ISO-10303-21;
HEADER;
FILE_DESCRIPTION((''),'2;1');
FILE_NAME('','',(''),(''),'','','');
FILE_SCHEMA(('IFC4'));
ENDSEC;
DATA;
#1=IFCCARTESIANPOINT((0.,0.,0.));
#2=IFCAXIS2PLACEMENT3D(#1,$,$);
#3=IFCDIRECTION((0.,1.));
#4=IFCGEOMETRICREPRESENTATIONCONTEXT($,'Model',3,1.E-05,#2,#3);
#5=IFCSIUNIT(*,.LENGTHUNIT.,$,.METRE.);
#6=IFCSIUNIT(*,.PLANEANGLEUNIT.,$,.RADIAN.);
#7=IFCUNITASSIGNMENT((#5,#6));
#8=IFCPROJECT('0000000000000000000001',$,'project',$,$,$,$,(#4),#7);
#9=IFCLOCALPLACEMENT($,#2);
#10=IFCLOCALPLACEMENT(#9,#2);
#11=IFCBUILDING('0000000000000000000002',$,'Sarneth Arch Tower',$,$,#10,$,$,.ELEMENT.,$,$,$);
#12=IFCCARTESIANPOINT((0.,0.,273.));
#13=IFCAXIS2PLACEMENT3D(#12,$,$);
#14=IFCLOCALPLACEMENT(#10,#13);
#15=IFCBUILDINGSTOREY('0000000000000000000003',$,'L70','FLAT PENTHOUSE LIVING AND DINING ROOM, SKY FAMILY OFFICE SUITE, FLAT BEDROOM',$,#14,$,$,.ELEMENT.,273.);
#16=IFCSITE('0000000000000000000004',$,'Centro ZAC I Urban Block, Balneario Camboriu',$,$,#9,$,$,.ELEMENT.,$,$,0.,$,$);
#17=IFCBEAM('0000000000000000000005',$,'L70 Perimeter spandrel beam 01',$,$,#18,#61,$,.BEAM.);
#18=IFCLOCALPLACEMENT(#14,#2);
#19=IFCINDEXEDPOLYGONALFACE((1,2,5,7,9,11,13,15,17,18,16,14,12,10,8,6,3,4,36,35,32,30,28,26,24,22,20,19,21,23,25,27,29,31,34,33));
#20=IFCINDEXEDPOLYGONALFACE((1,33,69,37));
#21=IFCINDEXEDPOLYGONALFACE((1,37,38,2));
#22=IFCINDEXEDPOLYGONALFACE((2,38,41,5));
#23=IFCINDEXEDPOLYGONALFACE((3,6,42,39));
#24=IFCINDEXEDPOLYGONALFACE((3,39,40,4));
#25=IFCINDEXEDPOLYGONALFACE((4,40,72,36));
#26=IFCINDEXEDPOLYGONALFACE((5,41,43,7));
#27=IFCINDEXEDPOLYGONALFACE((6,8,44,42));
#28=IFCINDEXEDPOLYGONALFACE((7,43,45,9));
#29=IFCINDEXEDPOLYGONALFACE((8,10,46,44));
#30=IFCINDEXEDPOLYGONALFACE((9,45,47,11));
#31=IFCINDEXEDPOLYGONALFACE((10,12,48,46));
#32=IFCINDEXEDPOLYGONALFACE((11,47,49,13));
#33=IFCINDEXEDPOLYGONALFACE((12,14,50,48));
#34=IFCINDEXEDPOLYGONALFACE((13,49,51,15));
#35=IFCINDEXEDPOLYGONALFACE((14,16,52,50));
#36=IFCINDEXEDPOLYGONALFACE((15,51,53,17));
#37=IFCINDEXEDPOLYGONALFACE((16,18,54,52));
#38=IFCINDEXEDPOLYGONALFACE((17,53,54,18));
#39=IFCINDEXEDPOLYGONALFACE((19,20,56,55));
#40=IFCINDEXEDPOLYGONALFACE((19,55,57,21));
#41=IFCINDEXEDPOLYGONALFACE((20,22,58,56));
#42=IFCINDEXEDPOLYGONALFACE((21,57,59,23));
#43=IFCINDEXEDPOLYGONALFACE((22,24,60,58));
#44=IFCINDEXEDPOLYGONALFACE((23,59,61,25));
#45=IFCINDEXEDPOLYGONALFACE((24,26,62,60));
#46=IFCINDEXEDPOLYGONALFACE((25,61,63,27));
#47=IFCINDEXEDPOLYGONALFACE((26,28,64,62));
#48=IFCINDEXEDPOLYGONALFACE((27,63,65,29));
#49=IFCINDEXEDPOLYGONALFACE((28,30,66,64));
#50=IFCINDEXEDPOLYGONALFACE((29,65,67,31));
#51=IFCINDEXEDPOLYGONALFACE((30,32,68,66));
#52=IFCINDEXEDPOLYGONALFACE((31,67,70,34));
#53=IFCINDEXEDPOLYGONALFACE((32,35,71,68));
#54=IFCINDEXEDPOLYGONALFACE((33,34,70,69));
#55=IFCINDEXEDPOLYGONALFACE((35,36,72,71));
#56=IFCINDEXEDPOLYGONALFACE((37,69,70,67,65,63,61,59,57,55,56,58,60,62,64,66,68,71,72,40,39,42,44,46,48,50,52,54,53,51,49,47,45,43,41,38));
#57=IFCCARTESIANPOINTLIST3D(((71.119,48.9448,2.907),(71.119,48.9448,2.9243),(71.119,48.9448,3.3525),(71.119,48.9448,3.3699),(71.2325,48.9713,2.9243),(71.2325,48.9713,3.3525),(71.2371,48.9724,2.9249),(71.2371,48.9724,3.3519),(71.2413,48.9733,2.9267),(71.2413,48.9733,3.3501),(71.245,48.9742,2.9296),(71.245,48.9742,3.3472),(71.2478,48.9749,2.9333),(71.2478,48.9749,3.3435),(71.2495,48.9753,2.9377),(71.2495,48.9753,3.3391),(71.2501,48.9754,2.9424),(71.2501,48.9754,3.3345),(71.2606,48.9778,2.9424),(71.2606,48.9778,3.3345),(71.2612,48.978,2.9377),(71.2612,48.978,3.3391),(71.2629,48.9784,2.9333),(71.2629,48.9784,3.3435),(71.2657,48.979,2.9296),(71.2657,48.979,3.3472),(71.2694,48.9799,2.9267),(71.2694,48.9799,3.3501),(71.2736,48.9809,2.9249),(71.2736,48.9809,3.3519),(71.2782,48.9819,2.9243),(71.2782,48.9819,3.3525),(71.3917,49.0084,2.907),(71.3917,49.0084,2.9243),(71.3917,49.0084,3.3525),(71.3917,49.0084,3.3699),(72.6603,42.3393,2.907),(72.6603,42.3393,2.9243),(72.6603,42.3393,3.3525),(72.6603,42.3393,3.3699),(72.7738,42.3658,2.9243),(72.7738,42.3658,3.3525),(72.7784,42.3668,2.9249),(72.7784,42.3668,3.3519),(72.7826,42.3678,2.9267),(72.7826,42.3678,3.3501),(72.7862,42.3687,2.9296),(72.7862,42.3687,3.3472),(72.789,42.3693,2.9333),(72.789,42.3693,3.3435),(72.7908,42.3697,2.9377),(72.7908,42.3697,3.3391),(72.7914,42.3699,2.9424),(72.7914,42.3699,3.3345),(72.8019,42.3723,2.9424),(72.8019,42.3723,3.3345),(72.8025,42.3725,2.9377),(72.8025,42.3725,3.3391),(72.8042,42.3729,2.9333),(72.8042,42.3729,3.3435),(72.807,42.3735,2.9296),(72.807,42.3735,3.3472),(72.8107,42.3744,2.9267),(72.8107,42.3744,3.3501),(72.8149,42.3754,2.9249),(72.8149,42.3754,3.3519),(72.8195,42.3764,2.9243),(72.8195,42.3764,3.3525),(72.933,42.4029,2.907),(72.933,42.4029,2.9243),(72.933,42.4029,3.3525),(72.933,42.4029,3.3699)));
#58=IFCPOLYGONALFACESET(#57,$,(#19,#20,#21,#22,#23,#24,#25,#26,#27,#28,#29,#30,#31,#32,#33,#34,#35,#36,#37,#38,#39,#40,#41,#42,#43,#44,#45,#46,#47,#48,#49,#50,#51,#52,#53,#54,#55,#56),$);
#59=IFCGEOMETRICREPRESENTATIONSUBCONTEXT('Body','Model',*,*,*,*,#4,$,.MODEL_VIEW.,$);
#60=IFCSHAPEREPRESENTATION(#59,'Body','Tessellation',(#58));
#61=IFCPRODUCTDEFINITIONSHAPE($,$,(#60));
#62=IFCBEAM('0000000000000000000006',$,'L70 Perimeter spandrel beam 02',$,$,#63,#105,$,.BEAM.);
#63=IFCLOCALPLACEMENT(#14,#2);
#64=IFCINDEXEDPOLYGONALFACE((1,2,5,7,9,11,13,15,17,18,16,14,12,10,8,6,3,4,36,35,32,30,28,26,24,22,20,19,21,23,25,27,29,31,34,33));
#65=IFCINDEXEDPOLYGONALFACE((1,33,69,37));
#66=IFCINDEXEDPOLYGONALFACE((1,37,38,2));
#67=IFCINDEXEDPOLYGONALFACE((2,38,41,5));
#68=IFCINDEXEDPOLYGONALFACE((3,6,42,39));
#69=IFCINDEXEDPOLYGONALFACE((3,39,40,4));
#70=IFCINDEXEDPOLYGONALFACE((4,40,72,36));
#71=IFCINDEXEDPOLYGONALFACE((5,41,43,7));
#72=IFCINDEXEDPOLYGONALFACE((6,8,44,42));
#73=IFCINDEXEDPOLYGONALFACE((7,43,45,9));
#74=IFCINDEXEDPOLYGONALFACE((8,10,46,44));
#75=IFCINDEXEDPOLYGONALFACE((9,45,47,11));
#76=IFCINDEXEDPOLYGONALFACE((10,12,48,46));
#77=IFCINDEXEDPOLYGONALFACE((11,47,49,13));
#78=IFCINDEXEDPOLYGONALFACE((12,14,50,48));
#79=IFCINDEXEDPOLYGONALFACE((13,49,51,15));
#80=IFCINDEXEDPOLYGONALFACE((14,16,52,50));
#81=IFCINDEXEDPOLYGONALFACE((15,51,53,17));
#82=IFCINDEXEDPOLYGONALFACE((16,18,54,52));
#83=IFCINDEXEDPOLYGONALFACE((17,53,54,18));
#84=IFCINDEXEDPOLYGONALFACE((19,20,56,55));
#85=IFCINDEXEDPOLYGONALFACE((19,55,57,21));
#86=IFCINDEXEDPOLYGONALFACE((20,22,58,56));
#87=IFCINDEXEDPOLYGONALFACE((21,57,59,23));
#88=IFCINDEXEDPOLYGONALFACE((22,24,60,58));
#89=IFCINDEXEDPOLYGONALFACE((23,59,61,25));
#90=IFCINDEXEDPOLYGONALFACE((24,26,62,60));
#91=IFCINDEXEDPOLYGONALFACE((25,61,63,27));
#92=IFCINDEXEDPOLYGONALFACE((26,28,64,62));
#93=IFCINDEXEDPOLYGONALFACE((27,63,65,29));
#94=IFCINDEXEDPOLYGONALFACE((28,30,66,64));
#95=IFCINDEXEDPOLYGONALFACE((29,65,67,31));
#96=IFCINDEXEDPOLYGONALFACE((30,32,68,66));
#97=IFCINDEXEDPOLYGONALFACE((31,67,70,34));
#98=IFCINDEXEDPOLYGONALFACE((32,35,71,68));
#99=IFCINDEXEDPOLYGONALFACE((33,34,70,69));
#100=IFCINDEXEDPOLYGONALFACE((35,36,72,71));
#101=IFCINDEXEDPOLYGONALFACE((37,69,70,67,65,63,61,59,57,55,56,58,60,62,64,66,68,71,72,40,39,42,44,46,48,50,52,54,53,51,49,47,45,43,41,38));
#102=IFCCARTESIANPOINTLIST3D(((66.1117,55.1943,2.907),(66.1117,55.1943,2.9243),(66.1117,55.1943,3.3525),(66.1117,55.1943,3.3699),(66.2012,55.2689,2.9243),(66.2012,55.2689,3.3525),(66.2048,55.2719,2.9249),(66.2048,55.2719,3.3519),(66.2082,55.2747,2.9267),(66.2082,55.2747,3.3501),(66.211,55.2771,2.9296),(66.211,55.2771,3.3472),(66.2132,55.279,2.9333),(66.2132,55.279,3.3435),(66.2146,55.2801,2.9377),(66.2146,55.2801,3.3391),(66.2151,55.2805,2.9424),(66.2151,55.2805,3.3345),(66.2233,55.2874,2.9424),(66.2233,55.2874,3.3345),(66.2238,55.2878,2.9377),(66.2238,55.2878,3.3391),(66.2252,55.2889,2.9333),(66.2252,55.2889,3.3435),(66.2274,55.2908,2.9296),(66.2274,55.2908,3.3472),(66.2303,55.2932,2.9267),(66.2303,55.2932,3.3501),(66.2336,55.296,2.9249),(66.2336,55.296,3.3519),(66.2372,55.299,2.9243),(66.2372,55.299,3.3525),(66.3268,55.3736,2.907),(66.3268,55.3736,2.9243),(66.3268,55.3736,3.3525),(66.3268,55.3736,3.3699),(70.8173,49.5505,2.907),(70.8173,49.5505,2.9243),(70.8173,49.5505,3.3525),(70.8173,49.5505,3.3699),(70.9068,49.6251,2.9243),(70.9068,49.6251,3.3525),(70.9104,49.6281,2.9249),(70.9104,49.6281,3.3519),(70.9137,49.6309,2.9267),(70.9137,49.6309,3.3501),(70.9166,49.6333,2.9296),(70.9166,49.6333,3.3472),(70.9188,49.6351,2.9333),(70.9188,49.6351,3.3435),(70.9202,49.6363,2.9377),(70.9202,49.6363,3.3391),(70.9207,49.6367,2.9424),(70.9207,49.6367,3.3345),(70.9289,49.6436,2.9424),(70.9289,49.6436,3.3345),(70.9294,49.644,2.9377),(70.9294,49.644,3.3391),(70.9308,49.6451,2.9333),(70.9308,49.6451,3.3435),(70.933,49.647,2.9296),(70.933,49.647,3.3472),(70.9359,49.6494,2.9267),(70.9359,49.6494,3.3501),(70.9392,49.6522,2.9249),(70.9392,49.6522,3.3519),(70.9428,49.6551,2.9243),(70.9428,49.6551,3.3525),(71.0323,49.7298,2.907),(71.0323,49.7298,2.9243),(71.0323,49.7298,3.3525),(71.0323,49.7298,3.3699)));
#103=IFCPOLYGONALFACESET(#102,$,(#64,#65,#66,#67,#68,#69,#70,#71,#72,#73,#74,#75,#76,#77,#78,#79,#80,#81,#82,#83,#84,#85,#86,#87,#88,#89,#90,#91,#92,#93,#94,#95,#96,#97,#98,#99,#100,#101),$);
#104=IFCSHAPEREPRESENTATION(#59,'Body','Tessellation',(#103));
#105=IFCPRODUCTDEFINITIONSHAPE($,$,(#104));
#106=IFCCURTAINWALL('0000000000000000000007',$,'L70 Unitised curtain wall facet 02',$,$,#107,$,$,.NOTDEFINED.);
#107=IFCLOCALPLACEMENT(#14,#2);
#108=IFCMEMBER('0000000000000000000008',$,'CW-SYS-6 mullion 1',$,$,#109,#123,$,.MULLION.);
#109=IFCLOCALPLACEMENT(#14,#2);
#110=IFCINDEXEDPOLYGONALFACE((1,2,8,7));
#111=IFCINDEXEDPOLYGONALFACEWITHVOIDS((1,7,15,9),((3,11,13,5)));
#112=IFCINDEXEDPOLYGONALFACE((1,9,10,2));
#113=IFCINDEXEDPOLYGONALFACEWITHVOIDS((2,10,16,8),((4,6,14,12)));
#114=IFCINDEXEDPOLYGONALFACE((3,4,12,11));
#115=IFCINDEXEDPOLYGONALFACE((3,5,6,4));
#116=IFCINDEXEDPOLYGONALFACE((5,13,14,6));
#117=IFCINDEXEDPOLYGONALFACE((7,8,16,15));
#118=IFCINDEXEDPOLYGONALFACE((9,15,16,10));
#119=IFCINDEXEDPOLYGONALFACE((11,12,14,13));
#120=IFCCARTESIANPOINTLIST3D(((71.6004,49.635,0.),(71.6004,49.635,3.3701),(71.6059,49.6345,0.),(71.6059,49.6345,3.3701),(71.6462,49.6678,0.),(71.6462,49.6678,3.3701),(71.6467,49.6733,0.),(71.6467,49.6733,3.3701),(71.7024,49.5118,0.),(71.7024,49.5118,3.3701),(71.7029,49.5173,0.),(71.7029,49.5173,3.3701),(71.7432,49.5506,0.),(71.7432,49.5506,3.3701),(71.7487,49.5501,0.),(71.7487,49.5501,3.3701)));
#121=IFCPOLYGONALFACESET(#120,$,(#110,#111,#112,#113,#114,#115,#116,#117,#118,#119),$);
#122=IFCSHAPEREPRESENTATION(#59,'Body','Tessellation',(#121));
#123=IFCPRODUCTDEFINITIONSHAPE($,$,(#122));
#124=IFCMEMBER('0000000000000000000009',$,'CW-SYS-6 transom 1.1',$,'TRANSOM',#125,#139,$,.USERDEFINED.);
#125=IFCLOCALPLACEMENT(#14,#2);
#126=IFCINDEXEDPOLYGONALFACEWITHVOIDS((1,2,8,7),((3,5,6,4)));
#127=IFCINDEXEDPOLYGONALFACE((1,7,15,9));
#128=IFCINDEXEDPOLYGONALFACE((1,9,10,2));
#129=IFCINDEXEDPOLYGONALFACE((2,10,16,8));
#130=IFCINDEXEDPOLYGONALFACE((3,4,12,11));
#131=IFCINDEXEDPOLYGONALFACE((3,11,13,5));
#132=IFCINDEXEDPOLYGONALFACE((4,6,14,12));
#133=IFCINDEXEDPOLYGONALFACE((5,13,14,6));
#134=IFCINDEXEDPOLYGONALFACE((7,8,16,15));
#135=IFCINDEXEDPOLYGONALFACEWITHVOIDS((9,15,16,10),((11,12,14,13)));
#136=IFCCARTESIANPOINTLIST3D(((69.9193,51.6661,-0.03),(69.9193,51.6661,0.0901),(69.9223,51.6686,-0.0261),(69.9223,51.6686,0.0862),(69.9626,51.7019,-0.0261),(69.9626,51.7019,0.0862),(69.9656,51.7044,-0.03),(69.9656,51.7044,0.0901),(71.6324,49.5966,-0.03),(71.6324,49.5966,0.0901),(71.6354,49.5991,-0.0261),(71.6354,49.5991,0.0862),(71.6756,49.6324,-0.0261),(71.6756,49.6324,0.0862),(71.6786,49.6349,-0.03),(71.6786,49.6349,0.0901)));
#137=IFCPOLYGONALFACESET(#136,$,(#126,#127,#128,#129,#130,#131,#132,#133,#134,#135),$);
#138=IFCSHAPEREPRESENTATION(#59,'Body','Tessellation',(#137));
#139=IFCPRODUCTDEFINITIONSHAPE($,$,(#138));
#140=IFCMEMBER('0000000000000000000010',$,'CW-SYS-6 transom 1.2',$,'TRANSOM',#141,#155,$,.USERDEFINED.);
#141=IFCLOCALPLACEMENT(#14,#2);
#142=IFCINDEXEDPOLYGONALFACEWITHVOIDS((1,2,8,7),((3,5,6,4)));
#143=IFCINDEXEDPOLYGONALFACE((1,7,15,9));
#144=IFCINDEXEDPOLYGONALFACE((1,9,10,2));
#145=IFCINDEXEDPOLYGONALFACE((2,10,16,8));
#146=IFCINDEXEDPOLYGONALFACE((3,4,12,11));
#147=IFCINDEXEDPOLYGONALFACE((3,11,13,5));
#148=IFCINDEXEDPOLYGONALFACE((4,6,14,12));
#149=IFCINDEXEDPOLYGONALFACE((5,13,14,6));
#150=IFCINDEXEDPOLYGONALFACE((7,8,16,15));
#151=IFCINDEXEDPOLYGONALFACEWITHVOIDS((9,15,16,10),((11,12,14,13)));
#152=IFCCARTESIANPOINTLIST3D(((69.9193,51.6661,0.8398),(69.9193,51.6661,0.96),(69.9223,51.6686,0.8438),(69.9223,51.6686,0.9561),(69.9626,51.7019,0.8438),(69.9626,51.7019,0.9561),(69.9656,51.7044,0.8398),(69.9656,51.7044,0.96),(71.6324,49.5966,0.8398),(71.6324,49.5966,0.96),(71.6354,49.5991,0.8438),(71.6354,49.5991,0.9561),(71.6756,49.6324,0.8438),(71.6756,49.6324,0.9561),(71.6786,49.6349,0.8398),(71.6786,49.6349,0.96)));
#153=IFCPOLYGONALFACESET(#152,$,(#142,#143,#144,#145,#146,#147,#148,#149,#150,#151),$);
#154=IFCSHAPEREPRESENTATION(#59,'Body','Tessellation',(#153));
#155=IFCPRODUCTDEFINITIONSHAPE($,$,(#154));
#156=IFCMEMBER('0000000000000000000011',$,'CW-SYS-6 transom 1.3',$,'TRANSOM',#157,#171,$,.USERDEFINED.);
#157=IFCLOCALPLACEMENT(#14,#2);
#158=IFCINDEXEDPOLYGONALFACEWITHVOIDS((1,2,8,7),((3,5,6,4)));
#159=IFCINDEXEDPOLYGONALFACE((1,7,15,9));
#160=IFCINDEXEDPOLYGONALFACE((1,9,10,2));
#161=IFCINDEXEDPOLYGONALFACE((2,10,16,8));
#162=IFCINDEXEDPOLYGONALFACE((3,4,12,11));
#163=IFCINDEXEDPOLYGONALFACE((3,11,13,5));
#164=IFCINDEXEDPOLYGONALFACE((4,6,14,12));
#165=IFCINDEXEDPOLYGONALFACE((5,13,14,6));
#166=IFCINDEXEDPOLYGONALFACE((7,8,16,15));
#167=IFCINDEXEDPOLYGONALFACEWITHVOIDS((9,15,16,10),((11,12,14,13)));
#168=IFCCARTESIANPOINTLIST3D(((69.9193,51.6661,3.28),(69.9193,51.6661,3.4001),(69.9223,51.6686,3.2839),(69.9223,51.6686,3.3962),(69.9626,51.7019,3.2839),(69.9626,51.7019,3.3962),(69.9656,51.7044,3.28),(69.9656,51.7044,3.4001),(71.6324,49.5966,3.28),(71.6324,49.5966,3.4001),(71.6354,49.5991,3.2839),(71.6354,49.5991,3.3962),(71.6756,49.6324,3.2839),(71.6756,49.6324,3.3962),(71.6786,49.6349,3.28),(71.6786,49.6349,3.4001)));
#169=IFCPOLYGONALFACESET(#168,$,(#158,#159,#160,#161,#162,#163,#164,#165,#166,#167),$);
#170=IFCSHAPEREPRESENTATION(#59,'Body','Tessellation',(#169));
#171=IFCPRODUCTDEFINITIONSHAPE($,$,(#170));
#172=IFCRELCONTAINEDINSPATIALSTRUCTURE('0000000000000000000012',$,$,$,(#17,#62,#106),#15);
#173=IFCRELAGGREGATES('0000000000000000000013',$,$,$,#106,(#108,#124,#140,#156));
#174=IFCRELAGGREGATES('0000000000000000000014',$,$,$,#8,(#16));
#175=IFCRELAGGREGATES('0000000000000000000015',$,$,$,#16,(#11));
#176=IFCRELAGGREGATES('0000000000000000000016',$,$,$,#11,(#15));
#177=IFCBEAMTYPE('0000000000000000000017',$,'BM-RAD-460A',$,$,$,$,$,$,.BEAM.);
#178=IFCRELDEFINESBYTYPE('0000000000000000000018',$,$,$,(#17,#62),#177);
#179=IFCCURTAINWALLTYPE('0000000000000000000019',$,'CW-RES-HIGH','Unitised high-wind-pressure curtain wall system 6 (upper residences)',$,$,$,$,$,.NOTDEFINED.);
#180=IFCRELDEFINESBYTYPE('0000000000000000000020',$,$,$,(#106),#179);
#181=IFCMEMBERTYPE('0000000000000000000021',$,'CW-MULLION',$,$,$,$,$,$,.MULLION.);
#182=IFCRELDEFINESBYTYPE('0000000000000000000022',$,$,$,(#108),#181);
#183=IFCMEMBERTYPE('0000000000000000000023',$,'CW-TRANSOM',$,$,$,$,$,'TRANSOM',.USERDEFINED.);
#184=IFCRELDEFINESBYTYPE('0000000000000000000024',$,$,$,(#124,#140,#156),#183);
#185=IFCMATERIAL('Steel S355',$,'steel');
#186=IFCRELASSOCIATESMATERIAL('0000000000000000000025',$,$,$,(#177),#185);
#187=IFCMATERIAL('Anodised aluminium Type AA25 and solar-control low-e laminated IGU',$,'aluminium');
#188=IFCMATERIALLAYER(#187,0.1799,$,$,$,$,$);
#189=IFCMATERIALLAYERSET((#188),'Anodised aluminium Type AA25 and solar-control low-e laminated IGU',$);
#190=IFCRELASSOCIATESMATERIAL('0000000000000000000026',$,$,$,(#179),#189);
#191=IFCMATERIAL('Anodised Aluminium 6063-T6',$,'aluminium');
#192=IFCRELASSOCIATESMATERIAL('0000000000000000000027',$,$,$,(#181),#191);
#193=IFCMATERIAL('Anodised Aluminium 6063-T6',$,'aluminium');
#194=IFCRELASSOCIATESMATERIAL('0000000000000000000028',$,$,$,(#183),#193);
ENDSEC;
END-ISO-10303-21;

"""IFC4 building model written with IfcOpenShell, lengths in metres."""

from ifc_helpers import new_model, si_unit, direction, frame, origin, origin_2d, place, context, subcontext, project, spatial, hollow_rectangle, i_section, extrude, material, layer, layer_set, material_profile, profile_set, type_object, element, aggregate, save


model = new_model("IFC4")

# Units and contexts
model_context = context("Model", 3, precision=1e-05, world=origin(), true_north=direction((0.0, 1.0)))
body_context = subcontext(model_context, "Body", "Model", "MODEL_VIEW")
ifc_project = project(units=[si_unit("LENGTHUNIT", "METRE"), si_unit("PLANEANGLEUNIT", "RADIAN")], contexts=[model_context])

# Site, building, storey
site_placement = place(None, origin())
site = spatial("IfcSite", under=ifc_project, at=site_placement, Name="Centro ZAC I Urban Block, Balneario Camboriu", CompositionType="ELEMENT", RefElevation=0.0)
building_placement = place(site_placement, origin())
building = spatial("IfcBuilding", under=site, at=building_placement, Name="Sarneth Arch Tower", CompositionType="ELEMENT")
storey_placement = place(building_placement, frame((0.0, 0.0, 273.0)))
storey = spatial("IfcBuildingStorey", under=building, at=storey_placement, Name="L70", Description="FLAT PENTHOUSE LIVING AND DINING ROOM, SKY FAMILY OFFICE SUITE, FLAT BEDROOM", CompositionType="ELEMENT", Elevation=273.0)

# Beams
ifc_material_1 = material(Name="Steel S355", Category="steel")
ifc_material_profile_1 = material_profile(ifc_material_1, i_section(OverallWidth=0.28, OverallDepth=0.4629, WebThickness=0.0107, FlangeThickness=0.0173, FilletRadius=0.0181, at=origin_2d()), Name="W460x113")
ifc_profile_set_1 = profile_set([ifc_material_profile_1], Name="Steel S355")
beam_type_1 = type_object("IfcBeamType", Name="BM-RAD-460A", PredefinedType="BEAM", material=ifc_profile_set_1)
beam_1_placement = place(storey_placement, frame((72.7966, 42.3711, 3.1384), z_axis=(-0.227227, 0.973842, 0.0), x_axis=(-0.973842, -0.227227, 0.0)))
element("IfcBeam", 1, at=beam_1_placement, inside=storey, type_object=beam_type_1, Name="L70 Perimeter spandrel beam 01", PredefinedType="BEAM", context=body_context, shape_type="SweptSolid", body=[
    extrude(i_section(OverallWidth=0.28, OverallDepth=0.4629, WebThickness=0.0107, FlangeThickness=0.0173, FilletRadius=0.0181, at=origin_2d()), origin(), (0.0, 0.0, 1.0), 6.783),
])
beam_2_placement = place(storey_placement, frame((70.9248, 49.6401, 3.1384), z_axis=(-0.640377, 0.768061, 0.0), x_axis=(-0.768061, -0.640377, 0.0)))
element("IfcBeam", 2, at=beam_2_placement, inside=storey, type_object=beam_type_1, Name="L70 Perimeter spandrel beam 02", PredefinedType="BEAM", context=body_context, shape_type="SweptSolid", body=[
    extrude(i_section(OverallWidth=0.28, OverallDepth=0.4629, WebThickness=0.0107, FlangeThickness=0.0173, FilletRadius=0.0181, at=origin_2d()), origin(), (0.0, 0.0, 1.0), 7.3481),
])

# Curtain wall, members
ifc_material_2 = material(Name="Anodised aluminium Type AA25 and solar-control low-e laminated IGU", Category="aluminium")
ifc_layer_1 = layer(ifc_material_2, 0.1799)
ifc_layer_set_1 = layer_set([ifc_layer_1], Name="Anodised aluminium Type AA25 and solar-control low-e laminated IGU")
curtain_wall_type = type_object("IfcCurtainWallType", Name="CW-RES-HIGH", Description="Unitised high-wind-pressure curtain wall system 6 (upper residences)", PredefinedType="NOTDEFINED", material=ifc_layer_set_1)
curtain_wall_placement = place(storey_placement, origin())
curtain_wall = element("IfcCurtainWall", 3, at=curtain_wall_placement, inside=storey, type_object=curtain_wall_type, Name="L70 Unitised curtain wall facet 02", PredefinedType="NOTDEFINED")
ifc_material_3 = material(Name="Anodised Aluminium 6063-T6", Category="aluminium")
ifc_material_profile_2 = material_profile(ifc_material_3, hollow_rectangle(XDim=0.0601, YDim=0.1599, WallThickness=0.0039, at=origin_2d()), Name="AL-MULL-160x60x4")
ifc_profile_set_2 = profile_set([ifc_material_profile_2], Name="Anodised Aluminium 6063-T6")
member_type_1 = type_object("IfcMemberType", Name="CW-MULLION", PredefinedType="MULLION", material=ifc_profile_set_2)
member_1_placement = place(storey_placement, frame((71.6746, 49.5925, 0.0), z_axis=(0.0, 0.0, 1.0), x_axis=(-0.770359, -0.63761, 0.0)))
member_1 = element("IfcMember", 4, at=member_1_placement, type_object=member_type_1, Name="CW-SYS-6 mullion 1", PredefinedType="MULLION", context=body_context, shape_type="SweptSolid", body=[
    extrude(hollow_rectangle(XDim=0.0601, YDim=0.1599, WallThickness=0.0039, at=origin_2d()), origin(), (0.0, 0.0, 1.0), 3.3701),
])
ifc_material_4 = material(Name="Anodised Aluminium 6063-T6", Category="aluminium")
ifc_material_profile_3 = material_profile(ifc_material_4, hollow_rectangle(XDim=0.0601, YDim=0.1201, WallThickness=0.0039, at=origin_2d()), Name="AL-TRAN-120x60x4")
ifc_profile_set_3 = profile_set([ifc_material_profile_3], Name="Anodised Aluminium 6063-T6")
member_type_2 = type_object("IfcMemberType", Name="CW-TRANSOM", ElementType="TRANSOM", PredefinedType="USERDEFINED", material=ifc_profile_set_3)
member_2_placement = place(storey_placement, frame((71.6555, 49.6157, 0.03), z_axis=(-0.637651, 0.770325, 0.0), x_axis=(-0.770325, -0.637651, 0.0)))
member_2 = element("IfcMember", 5, at=member_2_placement, type_object=member_type_2, Name="CW-SYS-6 transom 1.1", ObjectType="TRANSOM", PredefinedType="USERDEFINED", context=body_context, shape_type="SweptSolid", body=[
    extrude(hollow_rectangle(XDim=0.0601, YDim=0.1201, WallThickness=0.0039, at=origin_2d()), origin(), (0.0, 0.0, 1.0), 2.6865),
])
member_3_placement = place(storey_placement, frame((71.6555, 49.6157, 0.8999), z_axis=(-0.637651, 0.770325, 0.0), x_axis=(-0.770325, -0.637651, 0.0)))
member_3 = element("IfcMember", 6, at=member_3_placement, type_object=member_type_2, Name="CW-SYS-6 transom 1.2", ObjectType="TRANSOM", PredefinedType="USERDEFINED", context=body_context, shape_type="SweptSolid", body=[
    extrude(hollow_rectangle(XDim=0.0601, YDim=0.1201, WallThickness=0.0039, at=origin_2d()), origin(), (0.0, 0.0, 1.0), 2.6865),
])
member_4_placement = place(storey_placement, frame((71.6555, 49.6157, 3.3401), z_axis=(-0.637651, 0.770325, 0.0), x_axis=(-0.770325, -0.637651, 0.0)))
member_4 = element("IfcMember", 7, at=member_4_placement, type_object=member_type_2, Name="CW-SYS-6 transom 1.3", ObjectType="TRANSOM", PredefinedType="USERDEFINED", context=body_context, shape_type="SweptSolid", body=[
    extrude(hollow_rectangle(XDim=0.0601, YDim=0.1201, WallThickness=0.0039, at=origin_2d()), origin(), (0.0, 0.0, 1.0), 2.6865),
])

aggregate(curtain_wall, [member_1, member_2, member_3, member_4])

save(model, "model.ifc")
